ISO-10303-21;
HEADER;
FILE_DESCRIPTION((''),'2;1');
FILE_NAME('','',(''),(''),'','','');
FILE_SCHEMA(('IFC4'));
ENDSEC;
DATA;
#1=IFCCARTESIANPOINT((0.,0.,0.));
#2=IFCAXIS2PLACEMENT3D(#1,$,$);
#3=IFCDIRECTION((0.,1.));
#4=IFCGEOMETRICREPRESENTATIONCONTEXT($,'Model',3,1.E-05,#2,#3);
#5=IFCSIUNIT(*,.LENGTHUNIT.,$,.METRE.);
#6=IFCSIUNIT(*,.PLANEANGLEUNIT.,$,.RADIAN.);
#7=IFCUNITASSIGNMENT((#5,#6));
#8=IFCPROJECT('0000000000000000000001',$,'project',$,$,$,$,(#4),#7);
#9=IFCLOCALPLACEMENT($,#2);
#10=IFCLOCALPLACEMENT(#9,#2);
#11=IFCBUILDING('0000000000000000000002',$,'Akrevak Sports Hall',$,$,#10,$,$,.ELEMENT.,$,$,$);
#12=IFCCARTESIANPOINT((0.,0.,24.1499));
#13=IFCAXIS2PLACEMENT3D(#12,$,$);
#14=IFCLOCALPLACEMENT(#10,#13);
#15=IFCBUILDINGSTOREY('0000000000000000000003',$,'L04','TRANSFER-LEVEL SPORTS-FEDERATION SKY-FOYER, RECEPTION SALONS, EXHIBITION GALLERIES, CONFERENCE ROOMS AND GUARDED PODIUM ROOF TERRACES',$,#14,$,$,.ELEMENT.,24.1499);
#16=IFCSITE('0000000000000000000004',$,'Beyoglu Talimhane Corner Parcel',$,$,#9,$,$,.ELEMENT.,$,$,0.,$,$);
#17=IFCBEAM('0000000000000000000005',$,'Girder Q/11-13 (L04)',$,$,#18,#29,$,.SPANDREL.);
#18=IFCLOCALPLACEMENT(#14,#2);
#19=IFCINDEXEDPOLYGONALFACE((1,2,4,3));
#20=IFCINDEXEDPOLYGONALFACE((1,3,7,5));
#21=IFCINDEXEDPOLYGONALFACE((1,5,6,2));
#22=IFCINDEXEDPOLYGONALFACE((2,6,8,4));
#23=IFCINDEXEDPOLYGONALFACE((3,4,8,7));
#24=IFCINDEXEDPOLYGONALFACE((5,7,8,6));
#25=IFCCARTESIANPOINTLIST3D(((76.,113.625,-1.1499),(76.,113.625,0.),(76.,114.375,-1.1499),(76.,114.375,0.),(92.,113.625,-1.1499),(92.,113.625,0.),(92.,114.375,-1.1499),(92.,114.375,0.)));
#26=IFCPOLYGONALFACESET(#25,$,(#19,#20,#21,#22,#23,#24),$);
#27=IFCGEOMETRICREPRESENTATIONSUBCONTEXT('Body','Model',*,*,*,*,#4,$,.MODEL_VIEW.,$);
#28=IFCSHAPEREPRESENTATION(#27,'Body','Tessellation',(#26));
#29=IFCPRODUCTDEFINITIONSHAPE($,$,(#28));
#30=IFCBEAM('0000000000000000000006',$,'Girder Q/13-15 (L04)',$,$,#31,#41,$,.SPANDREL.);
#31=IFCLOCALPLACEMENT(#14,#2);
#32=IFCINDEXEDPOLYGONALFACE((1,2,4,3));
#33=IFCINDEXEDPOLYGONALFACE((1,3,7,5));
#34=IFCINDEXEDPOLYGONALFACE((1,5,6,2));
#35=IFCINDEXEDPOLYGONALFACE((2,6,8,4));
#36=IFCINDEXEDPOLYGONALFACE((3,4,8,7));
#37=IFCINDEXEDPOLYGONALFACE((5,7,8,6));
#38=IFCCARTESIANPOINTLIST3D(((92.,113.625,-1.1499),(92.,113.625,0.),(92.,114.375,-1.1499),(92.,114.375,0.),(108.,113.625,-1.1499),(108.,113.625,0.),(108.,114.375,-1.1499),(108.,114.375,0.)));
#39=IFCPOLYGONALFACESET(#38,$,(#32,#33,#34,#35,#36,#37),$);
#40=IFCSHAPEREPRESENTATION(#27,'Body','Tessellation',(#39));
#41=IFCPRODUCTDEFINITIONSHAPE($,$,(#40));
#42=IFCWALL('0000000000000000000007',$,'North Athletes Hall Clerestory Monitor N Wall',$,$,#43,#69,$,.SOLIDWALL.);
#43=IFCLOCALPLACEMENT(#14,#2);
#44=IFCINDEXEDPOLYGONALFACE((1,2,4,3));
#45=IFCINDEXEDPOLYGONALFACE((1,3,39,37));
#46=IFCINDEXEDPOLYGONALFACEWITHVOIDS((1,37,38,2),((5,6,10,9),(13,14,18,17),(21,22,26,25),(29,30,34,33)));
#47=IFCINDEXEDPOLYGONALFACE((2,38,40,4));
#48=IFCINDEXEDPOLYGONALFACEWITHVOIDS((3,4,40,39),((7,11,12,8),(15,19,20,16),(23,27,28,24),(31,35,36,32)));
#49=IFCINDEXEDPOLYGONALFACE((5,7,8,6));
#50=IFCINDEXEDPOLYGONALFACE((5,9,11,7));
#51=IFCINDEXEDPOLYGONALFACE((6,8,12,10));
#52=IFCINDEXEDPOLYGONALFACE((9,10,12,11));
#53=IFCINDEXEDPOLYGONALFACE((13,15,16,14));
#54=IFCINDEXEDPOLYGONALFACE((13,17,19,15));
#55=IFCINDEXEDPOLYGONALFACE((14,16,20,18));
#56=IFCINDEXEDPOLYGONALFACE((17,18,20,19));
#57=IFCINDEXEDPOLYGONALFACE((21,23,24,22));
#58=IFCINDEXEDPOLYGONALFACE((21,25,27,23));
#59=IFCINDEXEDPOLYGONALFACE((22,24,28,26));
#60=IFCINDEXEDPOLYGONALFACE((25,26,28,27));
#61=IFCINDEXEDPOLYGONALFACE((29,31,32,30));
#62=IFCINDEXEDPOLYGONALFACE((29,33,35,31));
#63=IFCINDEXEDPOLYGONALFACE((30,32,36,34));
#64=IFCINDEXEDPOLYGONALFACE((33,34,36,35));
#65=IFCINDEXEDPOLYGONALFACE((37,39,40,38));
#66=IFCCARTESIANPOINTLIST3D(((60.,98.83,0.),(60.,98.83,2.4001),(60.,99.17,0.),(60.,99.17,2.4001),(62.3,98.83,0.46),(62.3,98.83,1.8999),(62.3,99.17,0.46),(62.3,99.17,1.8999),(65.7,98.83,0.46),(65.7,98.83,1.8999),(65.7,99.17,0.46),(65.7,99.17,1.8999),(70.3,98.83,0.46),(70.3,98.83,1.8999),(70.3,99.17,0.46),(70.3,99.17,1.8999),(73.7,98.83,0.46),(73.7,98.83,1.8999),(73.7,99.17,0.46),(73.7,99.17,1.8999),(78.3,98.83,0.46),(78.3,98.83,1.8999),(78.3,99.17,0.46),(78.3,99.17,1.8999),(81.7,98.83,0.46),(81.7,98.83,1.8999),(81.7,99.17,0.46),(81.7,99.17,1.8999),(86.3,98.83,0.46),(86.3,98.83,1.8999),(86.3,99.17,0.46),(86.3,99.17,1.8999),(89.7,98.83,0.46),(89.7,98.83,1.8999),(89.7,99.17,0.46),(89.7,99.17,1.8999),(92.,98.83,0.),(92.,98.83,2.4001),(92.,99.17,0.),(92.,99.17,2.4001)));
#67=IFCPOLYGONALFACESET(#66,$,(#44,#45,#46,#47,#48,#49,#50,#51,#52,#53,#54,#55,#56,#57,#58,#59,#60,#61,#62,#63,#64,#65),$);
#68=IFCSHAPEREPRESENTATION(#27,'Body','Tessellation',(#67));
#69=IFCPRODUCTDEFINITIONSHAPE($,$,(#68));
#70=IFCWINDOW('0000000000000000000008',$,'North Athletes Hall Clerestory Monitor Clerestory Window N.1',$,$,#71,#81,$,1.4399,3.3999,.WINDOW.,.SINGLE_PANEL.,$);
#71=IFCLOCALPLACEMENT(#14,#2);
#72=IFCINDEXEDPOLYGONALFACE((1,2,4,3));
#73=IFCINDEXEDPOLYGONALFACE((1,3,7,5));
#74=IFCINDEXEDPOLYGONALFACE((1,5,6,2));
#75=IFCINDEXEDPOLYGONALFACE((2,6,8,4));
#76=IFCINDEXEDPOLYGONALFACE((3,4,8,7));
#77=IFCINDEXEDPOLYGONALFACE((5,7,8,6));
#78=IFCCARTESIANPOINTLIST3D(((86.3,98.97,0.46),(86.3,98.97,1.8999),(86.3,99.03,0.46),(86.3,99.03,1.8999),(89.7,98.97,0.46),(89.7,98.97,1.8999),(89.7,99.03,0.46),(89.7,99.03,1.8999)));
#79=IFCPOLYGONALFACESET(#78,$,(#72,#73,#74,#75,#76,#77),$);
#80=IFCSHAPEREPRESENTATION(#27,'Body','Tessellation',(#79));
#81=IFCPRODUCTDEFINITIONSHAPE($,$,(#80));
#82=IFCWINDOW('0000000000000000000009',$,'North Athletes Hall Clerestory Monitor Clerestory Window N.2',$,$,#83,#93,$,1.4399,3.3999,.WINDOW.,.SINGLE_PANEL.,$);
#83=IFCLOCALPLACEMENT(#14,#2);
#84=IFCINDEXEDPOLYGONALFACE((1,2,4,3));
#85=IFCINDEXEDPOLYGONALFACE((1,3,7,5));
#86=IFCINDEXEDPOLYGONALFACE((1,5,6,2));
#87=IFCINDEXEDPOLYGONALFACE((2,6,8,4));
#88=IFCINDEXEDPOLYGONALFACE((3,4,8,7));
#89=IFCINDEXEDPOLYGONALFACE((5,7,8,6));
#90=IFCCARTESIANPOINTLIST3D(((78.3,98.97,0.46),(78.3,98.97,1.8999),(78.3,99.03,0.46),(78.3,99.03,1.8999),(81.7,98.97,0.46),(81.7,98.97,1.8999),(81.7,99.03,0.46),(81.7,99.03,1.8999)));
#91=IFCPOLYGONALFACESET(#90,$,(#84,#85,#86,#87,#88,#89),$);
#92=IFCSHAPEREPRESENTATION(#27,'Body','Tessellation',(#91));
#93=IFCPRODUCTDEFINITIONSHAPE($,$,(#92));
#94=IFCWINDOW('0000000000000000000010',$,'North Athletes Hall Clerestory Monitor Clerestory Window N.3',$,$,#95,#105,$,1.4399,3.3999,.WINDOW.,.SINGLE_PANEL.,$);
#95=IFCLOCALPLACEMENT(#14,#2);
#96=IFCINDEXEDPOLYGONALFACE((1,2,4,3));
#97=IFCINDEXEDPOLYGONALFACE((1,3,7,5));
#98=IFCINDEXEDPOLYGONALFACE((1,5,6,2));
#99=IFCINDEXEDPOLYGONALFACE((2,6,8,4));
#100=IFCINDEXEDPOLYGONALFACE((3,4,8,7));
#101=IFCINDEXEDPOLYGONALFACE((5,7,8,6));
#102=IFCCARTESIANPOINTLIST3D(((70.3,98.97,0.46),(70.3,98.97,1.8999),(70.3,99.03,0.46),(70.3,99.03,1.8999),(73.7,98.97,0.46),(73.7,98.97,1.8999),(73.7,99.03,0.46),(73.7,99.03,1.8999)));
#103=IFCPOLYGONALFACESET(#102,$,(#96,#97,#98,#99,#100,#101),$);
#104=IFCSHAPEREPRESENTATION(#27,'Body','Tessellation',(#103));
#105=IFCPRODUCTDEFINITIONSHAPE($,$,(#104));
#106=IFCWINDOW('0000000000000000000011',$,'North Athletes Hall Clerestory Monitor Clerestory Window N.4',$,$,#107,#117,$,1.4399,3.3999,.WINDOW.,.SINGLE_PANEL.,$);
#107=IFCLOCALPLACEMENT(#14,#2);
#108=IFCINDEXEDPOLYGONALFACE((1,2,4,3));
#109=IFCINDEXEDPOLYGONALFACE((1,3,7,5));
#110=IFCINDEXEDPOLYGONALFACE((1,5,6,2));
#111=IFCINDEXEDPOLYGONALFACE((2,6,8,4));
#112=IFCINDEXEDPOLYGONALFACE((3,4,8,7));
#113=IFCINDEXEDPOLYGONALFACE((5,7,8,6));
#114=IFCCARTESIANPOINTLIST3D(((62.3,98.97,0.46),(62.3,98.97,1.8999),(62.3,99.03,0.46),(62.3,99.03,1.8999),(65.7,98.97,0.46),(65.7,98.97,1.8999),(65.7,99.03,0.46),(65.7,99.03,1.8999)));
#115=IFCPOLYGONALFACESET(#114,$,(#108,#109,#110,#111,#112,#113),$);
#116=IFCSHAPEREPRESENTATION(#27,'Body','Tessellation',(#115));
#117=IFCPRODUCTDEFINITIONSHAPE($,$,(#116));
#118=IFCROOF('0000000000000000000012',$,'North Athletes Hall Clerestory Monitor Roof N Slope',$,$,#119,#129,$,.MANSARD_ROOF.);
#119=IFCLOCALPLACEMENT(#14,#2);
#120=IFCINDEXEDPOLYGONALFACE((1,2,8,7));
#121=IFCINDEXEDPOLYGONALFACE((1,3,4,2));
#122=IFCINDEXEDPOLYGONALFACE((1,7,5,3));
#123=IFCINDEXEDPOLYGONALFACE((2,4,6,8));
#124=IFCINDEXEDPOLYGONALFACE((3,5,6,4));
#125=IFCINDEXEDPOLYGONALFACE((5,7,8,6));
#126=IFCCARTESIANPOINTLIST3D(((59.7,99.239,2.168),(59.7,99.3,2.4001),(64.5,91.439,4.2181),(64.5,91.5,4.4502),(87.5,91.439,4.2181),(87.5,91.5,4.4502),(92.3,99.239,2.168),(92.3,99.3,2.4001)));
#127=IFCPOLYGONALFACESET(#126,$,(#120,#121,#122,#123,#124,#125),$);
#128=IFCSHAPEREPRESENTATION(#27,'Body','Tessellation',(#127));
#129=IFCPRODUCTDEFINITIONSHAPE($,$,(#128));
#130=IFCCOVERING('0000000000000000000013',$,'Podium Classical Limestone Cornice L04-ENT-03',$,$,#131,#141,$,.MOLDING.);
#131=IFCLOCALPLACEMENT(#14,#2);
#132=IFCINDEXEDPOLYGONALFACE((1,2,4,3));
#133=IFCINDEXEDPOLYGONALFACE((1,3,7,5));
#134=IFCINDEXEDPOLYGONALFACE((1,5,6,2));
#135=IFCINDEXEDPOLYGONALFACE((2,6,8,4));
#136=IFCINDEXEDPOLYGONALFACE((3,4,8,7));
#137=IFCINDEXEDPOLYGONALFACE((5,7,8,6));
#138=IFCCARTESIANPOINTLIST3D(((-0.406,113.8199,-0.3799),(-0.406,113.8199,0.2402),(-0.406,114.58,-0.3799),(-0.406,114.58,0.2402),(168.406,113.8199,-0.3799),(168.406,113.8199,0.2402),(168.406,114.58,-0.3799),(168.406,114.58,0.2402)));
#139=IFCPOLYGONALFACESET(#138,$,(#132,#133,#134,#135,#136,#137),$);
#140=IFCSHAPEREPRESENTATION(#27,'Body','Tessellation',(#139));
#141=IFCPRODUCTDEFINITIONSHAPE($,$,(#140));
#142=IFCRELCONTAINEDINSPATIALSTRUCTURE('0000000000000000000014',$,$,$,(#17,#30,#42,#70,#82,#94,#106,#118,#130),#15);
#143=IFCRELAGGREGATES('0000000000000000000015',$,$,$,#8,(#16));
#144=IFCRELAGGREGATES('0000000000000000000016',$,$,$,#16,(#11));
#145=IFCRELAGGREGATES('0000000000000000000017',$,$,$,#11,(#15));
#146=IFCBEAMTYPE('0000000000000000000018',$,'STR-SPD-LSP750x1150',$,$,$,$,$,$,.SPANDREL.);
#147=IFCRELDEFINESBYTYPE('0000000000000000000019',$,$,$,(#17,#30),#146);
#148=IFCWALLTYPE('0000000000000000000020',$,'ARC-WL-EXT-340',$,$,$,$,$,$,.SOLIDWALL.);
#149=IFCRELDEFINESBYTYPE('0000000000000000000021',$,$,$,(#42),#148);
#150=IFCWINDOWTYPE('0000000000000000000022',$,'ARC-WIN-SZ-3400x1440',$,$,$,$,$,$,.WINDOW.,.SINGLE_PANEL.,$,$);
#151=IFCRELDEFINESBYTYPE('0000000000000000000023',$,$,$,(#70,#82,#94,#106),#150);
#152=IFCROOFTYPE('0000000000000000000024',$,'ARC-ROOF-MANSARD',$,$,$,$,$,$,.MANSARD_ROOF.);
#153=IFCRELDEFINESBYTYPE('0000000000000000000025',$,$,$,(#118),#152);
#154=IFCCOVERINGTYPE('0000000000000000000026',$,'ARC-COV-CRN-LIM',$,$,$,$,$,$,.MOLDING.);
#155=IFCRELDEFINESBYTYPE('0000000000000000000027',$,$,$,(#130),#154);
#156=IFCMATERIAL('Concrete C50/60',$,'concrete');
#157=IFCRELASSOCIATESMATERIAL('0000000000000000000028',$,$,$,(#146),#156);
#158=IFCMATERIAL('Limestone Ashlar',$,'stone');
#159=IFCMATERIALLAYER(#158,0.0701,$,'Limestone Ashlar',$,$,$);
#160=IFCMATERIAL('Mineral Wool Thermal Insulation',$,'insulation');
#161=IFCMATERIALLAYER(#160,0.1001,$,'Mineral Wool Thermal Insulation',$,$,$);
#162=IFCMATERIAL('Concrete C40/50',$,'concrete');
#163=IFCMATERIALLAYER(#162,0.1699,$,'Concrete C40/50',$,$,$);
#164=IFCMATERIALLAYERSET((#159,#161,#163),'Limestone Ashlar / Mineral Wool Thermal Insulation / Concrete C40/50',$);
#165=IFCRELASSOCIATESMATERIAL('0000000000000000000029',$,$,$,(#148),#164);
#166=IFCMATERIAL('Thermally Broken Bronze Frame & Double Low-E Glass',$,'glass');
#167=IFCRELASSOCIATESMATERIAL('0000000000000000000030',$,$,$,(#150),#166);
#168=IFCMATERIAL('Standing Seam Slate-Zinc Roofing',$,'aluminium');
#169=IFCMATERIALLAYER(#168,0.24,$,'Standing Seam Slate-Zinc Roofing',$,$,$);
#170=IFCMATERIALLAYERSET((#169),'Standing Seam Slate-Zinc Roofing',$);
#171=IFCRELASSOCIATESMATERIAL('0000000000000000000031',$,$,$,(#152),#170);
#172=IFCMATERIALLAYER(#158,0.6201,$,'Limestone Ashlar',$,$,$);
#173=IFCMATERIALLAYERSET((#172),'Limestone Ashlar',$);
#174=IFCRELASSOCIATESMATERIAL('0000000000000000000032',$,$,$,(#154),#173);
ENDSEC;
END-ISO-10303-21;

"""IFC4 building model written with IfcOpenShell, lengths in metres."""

from ifc_helpers import new_model, si_unit, direction, frame, frame_2d, origin, origin_2d, place, context, subcontext, project, spatial, polyline, rectangle, outline, extrude, material, layer, layer_set, material_profile, profile_set, type_object, element, fill, save


model = new_model("IFC4")

# Units and contexts
model_context = context("Model", 3, precision=1e-05, world=origin(), true_north=direction((0.0, 1.0)))
body_context = subcontext(model_context, "Body", "Model", "MODEL_VIEW")
ifc_project = project(units=[si_unit("LENGTHUNIT", "METRE"), si_unit("PLANEANGLEUNIT", "RADIAN")], contexts=[model_context])

# Site, building, storey
site_placement = place(None, origin())
site = spatial("IfcSite", under=ifc_project, at=site_placement, Name="Beyoglu Talimhane Corner Parcel", CompositionType="ELEMENT", RefElevation=0.0)
building_placement = place(site_placement, origin())
building = spatial("IfcBuilding", under=site, at=building_placement, Name="Akrevak Sports Hall", CompositionType="ELEMENT")
storey_placement = place(building_placement, frame((0.0, 0.0, 24.1499)))
storey = spatial("IfcBuildingStorey", under=building, at=storey_placement, Name="L04", Description="TRANSFER-LEVEL SPORTS-FEDERATION SKY-FOYER, RECEPTION SALONS, EXHIBITION GALLERIES, CONFERENCE ROOMS AND GUARDED PODIUM ROOF TERRACES", CompositionType="ELEMENT", Elevation=24.1499)

# Shared definitions
ifc_material_1 = material(Name="Concrete C50/60", Category="concrete")

# Beams
ifc_material_profile_1 = material_profile(ifc_material_1, rectangle(XDim=0.75, YDim=1.1499, at=origin_2d()), Name="SPD 750x1150", Category="concrete")
ifc_profile_set_1 = profile_set([ifc_material_profile_1], Name="Concrete C50/60")
beam_type_1 = type_object("IfcBeamType", Name="STR-SPD-LSP750x1150", PredefinedType="SPANDREL", material=ifc_profile_set_1)
for number, where, z_axis, x_axis, name in (
    (1, (76.0, 114.0, -0.575), (1.0, 0.0, 0.0), (0.0, 1.0, 0.0), "Girder Q/11-13 (L04)"),
    (2, (92.0, 114.0, -0.575), (1.0, 0.0, 0.0), (0.0, 1.0, 0.0), "Girder Q/13-15 (L04)"),
):
    element("IfcBeam", number, at=place(storey_placement, frame(where, z_axis=z_axis, x_axis=x_axis)), inside=storey, type_object=beam_type_1, Name=name, PredefinedType="SPANDREL", context=body_context, shape_type="SweptSolid", body=[
        extrude(rectangle(XDim=0.75, YDim=1.1499, at=origin_2d()), origin(), (0.0, 0.0, 1.0), 16.0),
    ])

# Wall, openings, windows
ifc_material_2 = material(Name="Limestone Ashlar", Category="stone")
ifc_layer_1 = layer(ifc_material_2, 0.0701, Name="Limestone Ashlar")
ifc_material_3 = material(Name="Mineral Wool Thermal Insulation", Category="insulation")
ifc_layer_2 = layer(ifc_material_3, 0.1001, Name="Mineral Wool Thermal Insulation")
ifc_material_4 = material(Name="Concrete C40/50", Category="concrete")
ifc_layer_3 = layer(ifc_material_4, 0.1699, Name="Concrete C40/50")
ifc_layer_set_1 = layer_set([ifc_layer_1, ifc_layer_2, ifc_layer_3], Name="Limestone Ashlar / Mineral Wool Thermal Insulation / Concrete C40/50")
wall_type = type_object("IfcWallType", Name="ARC-WL-EXT-340", PredefinedType="SOLIDWALL", material=ifc_layer_set_1)
wall_placement = place(storey_placement, frame((92.0, 99.0, 0.0), z_axis=(0.0, 0.0, 1.0), x_axis=(-1.0, 0.0, 0.0)))
wall = element("IfcWall", 3, at=wall_placement, inside=storey, type_object=wall_type, Name="North Athletes Hall Clerestory Monitor N Wall", PredefinedType="SOLIDWALL", context=body_context, shape_type="SweptSolid", body=[
    extrude(rectangle(XDim=32.0, YDim=0.3401, at=frame_2d((16.0, 0.0))), origin(), (0.0, 0.0, 1.0), 2.4001),
])
opening_1_placement = place(wall_placement, frame((2.3, 0.0, 0.46)))
opening_1 = element("IfcOpeningElement", 4, at=opening_1_placement, cuts=wall, PredefinedType="OPENING", context=body_context, shape_type="SweptSolid", body=[
    extrude(rectangle(XDim=3.3999, YDim=1.4399, at=frame_2d((1.7, 0.72))), frame((0.0, 0.1821, 0.0), z_axis=(0.0, -1.0, 0.0), x_axis=(1.0, 0.0, 0.0)), (0.0, 0.0, 1.0), 0.364),
])
opening_2_placement = place(wall_placement, frame((10.3, 0.0, 0.46)))
opening_2 = element("IfcOpeningElement", 5, at=opening_2_placement, cuts=wall, PredefinedType="OPENING", context=body_context, shape_type="SweptSolid", body=[
    extrude(rectangle(XDim=3.3999, YDim=1.4399, at=frame_2d((1.7, 0.72))), frame((0.0, 0.1821, 0.0), z_axis=(0.0, -1.0, 0.0), x_axis=(1.0, 0.0, 0.0)), (0.0, 0.0, 1.0), 0.364),
])
opening_3_placement = place(wall_placement, frame((18.3, 0.0, 0.46)))
opening_3 = element("IfcOpeningElement", 6, at=opening_3_placement, cuts=wall, PredefinedType="OPENING", context=body_context, shape_type="SweptSolid", body=[
    extrude(rectangle(XDim=3.3999, YDim=1.4399, at=frame_2d((1.7, 0.72))), frame((0.0, 0.1821, 0.0), z_axis=(0.0, -1.0, 0.0), x_axis=(1.0, 0.0, 0.0)), (0.0, 0.0, 1.0), 0.364),
])
opening_4_placement = place(wall_placement, frame((26.3, 0.0, 0.46)))
opening_4 = element("IfcOpeningElement", 7, at=opening_4_placement, cuts=wall, PredefinedType="OPENING", context=body_context, shape_type="SweptSolid", body=[
    extrude(rectangle(XDim=3.3999, YDim=1.4399, at=frame_2d((1.7, 0.72))), frame((0.0, 0.1821, 0.0), z_axis=(0.0, -1.0, 0.0), x_axis=(1.0, 0.0, 0.0)), (0.0, 0.0, 1.0), 0.364),
])
ifc_material_5 = material(Name="Thermally Broken Bronze Frame & Double Low-E Glass", Category="glass")
window_type = type_object("IfcWindowType", Name="ARC-WIN-SZ-3400x1440", PartitioningType="SINGLE_PANEL", PredefinedType="WINDOW", material=ifc_material_5)
window_1_placement = place(opening_1_placement, origin())
window_1 = element("IfcWindow", 8, at=window_1_placement, inside=storey, type_object=window_type, Name="North Athletes Hall Clerestory Monitor Clerestory Window N.1", OverallHeight=1.4399, OverallWidth=3.3999, PartitioningType="SINGLE_PANEL", PredefinedType="WINDOW", context=body_context, shape_type="SweptSolid", body=[
    extrude(rectangle(XDim=3.3999, YDim=1.4399, at=frame_2d((1.7, 0.72))), frame((0.0, 0.03, 0.0), z_axis=(0.0, -1.0, 0.0), x_axis=(1.0, 0.0, 0.0)), (0.0, 0.0, 1.0), 0.0601),
])
fill(opening_1, window_1)
window_2_placement = place(opening_2_placement, origin())
window_2 = element("IfcWindow", 9, at=window_2_placement, inside=storey, type_object=window_type, Name="North Athletes Hall Clerestory Monitor Clerestory Window N.2", OverallHeight=1.4399, OverallWidth=3.3999, PartitioningType="SINGLE_PANEL", PredefinedType="WINDOW", context=body_context, shape_type="SweptSolid", body=[
    extrude(rectangle(XDim=3.3999, YDim=1.4399, at=frame_2d((1.7, 0.72))), frame((0.0, 0.03, 0.0), z_axis=(0.0, -1.0, 0.0), x_axis=(1.0, 0.0, 0.0)), (0.0, 0.0, 1.0), 0.0601),
])
fill(opening_2, window_2)
window_3_placement = place(opening_3_placement, origin())
window_3 = element("IfcWindow", 10, at=window_3_placement, inside=storey, type_object=window_type, Name="North Athletes Hall Clerestory Monitor Clerestory Window N.3", OverallHeight=1.4399, OverallWidth=3.3999, PartitioningType="SINGLE_PANEL", PredefinedType="WINDOW", context=body_context, shape_type="SweptSolid", body=[
    extrude(rectangle(XDim=3.3999, YDim=1.4399, at=frame_2d((1.7, 0.72))), frame((0.0, 0.03, 0.0), z_axis=(0.0, -1.0, 0.0), x_axis=(1.0, 0.0, 0.0)), (0.0, 0.0, 1.0), 0.0601),
])
fill(opening_3, window_3)
window_4_placement = place(opening_4_placement, origin())
window_4 = element("IfcWindow", 11, at=window_4_placement, inside=storey, type_object=window_type, Name="North Athletes Hall Clerestory Monitor Clerestory Window N.4", OverallHeight=1.4399, OverallWidth=3.3999, PartitioningType="SINGLE_PANEL", PredefinedType="WINDOW", context=body_context, shape_type="SweptSolid", body=[
    extrude(rectangle(XDim=3.3999, YDim=1.4399, at=frame_2d((1.7, 0.72))), frame((0.0, 0.03, 0.0), z_axis=(0.0, -1.0, 0.0), x_axis=(1.0, 0.0, 0.0)), (0.0, 0.0, 1.0), 0.0601),
])
fill(opening_4, window_4)

# Roof
ifc_material_6 = material(Name="Standing Seam Slate-Zinc Roofing", Category="aluminium")
ifc_layer_4 = layer(ifc_material_6, 0.24, Name="Standing Seam Slate-Zinc Roofing")
ifc_layer_set_2 = layer_set([ifc_layer_4], Name="Standing Seam Slate-Zinc Roofing")
roof_type = type_object("IfcRoofType", Name="ARC-ROOF-MANSARD", PredefinedType="MANSARD_ROOF", material=ifc_layer_set_2)
roof_placement = place(storey_placement, frame((92.3, 99.3, 2.4001), z_axis=(0.0, 0.254192, 0.967154), x_axis=(-1.0, 0.0, 0.0)))
element("IfcRoof", 12, at=roof_placement, inside=storey, type_object=roof_type, Name="North Athletes Hall Clerestory Monitor Roof N Slope", PredefinedType="MANSARD_ROOF", context=body_context, shape_type="SweptSolid", body=[
    extrude(outline(polyline([(0.0, 0.0), (32.6001, 0.0), (27.8, 8.065), (4.8, 8.065), (0.0, 0.0)])), origin(), (0.0, 0.0, -1.0), 0.24),
])

# Covering
ifc_layer_5 = layer(ifc_material_2, 0.6201, Name="Limestone Ashlar")
ifc_layer_set_3 = layer_set([ifc_layer_5], Name="Limestone Ashlar")
covering_type = type_object("IfcCoveringType", Name="ARC-COV-CRN-LIM", PredefinedType="MOLDING", material=ifc_layer_set_3)
covering_placement = place(storey_placement, frame((84.0, 114.2, -0.3799), z_axis=(0.0, 0.0, 1.0), x_axis=(-1.0, 0.0, 0.0)))
element("IfcCovering", 13, at=covering_placement, inside=storey, type_object=covering_type, Name="Podium Classical Limestone Cornice L04-ENT-03", PredefinedType="MOLDING", context=body_context, shape_type="SweptSolid", body=[
    extrude(rectangle(XDim=168.812, YDim=0.76, at=origin_2d()), origin(), (0.0, 0.0, 1.0), 0.6201),
])

save(model, "model.ifc")
